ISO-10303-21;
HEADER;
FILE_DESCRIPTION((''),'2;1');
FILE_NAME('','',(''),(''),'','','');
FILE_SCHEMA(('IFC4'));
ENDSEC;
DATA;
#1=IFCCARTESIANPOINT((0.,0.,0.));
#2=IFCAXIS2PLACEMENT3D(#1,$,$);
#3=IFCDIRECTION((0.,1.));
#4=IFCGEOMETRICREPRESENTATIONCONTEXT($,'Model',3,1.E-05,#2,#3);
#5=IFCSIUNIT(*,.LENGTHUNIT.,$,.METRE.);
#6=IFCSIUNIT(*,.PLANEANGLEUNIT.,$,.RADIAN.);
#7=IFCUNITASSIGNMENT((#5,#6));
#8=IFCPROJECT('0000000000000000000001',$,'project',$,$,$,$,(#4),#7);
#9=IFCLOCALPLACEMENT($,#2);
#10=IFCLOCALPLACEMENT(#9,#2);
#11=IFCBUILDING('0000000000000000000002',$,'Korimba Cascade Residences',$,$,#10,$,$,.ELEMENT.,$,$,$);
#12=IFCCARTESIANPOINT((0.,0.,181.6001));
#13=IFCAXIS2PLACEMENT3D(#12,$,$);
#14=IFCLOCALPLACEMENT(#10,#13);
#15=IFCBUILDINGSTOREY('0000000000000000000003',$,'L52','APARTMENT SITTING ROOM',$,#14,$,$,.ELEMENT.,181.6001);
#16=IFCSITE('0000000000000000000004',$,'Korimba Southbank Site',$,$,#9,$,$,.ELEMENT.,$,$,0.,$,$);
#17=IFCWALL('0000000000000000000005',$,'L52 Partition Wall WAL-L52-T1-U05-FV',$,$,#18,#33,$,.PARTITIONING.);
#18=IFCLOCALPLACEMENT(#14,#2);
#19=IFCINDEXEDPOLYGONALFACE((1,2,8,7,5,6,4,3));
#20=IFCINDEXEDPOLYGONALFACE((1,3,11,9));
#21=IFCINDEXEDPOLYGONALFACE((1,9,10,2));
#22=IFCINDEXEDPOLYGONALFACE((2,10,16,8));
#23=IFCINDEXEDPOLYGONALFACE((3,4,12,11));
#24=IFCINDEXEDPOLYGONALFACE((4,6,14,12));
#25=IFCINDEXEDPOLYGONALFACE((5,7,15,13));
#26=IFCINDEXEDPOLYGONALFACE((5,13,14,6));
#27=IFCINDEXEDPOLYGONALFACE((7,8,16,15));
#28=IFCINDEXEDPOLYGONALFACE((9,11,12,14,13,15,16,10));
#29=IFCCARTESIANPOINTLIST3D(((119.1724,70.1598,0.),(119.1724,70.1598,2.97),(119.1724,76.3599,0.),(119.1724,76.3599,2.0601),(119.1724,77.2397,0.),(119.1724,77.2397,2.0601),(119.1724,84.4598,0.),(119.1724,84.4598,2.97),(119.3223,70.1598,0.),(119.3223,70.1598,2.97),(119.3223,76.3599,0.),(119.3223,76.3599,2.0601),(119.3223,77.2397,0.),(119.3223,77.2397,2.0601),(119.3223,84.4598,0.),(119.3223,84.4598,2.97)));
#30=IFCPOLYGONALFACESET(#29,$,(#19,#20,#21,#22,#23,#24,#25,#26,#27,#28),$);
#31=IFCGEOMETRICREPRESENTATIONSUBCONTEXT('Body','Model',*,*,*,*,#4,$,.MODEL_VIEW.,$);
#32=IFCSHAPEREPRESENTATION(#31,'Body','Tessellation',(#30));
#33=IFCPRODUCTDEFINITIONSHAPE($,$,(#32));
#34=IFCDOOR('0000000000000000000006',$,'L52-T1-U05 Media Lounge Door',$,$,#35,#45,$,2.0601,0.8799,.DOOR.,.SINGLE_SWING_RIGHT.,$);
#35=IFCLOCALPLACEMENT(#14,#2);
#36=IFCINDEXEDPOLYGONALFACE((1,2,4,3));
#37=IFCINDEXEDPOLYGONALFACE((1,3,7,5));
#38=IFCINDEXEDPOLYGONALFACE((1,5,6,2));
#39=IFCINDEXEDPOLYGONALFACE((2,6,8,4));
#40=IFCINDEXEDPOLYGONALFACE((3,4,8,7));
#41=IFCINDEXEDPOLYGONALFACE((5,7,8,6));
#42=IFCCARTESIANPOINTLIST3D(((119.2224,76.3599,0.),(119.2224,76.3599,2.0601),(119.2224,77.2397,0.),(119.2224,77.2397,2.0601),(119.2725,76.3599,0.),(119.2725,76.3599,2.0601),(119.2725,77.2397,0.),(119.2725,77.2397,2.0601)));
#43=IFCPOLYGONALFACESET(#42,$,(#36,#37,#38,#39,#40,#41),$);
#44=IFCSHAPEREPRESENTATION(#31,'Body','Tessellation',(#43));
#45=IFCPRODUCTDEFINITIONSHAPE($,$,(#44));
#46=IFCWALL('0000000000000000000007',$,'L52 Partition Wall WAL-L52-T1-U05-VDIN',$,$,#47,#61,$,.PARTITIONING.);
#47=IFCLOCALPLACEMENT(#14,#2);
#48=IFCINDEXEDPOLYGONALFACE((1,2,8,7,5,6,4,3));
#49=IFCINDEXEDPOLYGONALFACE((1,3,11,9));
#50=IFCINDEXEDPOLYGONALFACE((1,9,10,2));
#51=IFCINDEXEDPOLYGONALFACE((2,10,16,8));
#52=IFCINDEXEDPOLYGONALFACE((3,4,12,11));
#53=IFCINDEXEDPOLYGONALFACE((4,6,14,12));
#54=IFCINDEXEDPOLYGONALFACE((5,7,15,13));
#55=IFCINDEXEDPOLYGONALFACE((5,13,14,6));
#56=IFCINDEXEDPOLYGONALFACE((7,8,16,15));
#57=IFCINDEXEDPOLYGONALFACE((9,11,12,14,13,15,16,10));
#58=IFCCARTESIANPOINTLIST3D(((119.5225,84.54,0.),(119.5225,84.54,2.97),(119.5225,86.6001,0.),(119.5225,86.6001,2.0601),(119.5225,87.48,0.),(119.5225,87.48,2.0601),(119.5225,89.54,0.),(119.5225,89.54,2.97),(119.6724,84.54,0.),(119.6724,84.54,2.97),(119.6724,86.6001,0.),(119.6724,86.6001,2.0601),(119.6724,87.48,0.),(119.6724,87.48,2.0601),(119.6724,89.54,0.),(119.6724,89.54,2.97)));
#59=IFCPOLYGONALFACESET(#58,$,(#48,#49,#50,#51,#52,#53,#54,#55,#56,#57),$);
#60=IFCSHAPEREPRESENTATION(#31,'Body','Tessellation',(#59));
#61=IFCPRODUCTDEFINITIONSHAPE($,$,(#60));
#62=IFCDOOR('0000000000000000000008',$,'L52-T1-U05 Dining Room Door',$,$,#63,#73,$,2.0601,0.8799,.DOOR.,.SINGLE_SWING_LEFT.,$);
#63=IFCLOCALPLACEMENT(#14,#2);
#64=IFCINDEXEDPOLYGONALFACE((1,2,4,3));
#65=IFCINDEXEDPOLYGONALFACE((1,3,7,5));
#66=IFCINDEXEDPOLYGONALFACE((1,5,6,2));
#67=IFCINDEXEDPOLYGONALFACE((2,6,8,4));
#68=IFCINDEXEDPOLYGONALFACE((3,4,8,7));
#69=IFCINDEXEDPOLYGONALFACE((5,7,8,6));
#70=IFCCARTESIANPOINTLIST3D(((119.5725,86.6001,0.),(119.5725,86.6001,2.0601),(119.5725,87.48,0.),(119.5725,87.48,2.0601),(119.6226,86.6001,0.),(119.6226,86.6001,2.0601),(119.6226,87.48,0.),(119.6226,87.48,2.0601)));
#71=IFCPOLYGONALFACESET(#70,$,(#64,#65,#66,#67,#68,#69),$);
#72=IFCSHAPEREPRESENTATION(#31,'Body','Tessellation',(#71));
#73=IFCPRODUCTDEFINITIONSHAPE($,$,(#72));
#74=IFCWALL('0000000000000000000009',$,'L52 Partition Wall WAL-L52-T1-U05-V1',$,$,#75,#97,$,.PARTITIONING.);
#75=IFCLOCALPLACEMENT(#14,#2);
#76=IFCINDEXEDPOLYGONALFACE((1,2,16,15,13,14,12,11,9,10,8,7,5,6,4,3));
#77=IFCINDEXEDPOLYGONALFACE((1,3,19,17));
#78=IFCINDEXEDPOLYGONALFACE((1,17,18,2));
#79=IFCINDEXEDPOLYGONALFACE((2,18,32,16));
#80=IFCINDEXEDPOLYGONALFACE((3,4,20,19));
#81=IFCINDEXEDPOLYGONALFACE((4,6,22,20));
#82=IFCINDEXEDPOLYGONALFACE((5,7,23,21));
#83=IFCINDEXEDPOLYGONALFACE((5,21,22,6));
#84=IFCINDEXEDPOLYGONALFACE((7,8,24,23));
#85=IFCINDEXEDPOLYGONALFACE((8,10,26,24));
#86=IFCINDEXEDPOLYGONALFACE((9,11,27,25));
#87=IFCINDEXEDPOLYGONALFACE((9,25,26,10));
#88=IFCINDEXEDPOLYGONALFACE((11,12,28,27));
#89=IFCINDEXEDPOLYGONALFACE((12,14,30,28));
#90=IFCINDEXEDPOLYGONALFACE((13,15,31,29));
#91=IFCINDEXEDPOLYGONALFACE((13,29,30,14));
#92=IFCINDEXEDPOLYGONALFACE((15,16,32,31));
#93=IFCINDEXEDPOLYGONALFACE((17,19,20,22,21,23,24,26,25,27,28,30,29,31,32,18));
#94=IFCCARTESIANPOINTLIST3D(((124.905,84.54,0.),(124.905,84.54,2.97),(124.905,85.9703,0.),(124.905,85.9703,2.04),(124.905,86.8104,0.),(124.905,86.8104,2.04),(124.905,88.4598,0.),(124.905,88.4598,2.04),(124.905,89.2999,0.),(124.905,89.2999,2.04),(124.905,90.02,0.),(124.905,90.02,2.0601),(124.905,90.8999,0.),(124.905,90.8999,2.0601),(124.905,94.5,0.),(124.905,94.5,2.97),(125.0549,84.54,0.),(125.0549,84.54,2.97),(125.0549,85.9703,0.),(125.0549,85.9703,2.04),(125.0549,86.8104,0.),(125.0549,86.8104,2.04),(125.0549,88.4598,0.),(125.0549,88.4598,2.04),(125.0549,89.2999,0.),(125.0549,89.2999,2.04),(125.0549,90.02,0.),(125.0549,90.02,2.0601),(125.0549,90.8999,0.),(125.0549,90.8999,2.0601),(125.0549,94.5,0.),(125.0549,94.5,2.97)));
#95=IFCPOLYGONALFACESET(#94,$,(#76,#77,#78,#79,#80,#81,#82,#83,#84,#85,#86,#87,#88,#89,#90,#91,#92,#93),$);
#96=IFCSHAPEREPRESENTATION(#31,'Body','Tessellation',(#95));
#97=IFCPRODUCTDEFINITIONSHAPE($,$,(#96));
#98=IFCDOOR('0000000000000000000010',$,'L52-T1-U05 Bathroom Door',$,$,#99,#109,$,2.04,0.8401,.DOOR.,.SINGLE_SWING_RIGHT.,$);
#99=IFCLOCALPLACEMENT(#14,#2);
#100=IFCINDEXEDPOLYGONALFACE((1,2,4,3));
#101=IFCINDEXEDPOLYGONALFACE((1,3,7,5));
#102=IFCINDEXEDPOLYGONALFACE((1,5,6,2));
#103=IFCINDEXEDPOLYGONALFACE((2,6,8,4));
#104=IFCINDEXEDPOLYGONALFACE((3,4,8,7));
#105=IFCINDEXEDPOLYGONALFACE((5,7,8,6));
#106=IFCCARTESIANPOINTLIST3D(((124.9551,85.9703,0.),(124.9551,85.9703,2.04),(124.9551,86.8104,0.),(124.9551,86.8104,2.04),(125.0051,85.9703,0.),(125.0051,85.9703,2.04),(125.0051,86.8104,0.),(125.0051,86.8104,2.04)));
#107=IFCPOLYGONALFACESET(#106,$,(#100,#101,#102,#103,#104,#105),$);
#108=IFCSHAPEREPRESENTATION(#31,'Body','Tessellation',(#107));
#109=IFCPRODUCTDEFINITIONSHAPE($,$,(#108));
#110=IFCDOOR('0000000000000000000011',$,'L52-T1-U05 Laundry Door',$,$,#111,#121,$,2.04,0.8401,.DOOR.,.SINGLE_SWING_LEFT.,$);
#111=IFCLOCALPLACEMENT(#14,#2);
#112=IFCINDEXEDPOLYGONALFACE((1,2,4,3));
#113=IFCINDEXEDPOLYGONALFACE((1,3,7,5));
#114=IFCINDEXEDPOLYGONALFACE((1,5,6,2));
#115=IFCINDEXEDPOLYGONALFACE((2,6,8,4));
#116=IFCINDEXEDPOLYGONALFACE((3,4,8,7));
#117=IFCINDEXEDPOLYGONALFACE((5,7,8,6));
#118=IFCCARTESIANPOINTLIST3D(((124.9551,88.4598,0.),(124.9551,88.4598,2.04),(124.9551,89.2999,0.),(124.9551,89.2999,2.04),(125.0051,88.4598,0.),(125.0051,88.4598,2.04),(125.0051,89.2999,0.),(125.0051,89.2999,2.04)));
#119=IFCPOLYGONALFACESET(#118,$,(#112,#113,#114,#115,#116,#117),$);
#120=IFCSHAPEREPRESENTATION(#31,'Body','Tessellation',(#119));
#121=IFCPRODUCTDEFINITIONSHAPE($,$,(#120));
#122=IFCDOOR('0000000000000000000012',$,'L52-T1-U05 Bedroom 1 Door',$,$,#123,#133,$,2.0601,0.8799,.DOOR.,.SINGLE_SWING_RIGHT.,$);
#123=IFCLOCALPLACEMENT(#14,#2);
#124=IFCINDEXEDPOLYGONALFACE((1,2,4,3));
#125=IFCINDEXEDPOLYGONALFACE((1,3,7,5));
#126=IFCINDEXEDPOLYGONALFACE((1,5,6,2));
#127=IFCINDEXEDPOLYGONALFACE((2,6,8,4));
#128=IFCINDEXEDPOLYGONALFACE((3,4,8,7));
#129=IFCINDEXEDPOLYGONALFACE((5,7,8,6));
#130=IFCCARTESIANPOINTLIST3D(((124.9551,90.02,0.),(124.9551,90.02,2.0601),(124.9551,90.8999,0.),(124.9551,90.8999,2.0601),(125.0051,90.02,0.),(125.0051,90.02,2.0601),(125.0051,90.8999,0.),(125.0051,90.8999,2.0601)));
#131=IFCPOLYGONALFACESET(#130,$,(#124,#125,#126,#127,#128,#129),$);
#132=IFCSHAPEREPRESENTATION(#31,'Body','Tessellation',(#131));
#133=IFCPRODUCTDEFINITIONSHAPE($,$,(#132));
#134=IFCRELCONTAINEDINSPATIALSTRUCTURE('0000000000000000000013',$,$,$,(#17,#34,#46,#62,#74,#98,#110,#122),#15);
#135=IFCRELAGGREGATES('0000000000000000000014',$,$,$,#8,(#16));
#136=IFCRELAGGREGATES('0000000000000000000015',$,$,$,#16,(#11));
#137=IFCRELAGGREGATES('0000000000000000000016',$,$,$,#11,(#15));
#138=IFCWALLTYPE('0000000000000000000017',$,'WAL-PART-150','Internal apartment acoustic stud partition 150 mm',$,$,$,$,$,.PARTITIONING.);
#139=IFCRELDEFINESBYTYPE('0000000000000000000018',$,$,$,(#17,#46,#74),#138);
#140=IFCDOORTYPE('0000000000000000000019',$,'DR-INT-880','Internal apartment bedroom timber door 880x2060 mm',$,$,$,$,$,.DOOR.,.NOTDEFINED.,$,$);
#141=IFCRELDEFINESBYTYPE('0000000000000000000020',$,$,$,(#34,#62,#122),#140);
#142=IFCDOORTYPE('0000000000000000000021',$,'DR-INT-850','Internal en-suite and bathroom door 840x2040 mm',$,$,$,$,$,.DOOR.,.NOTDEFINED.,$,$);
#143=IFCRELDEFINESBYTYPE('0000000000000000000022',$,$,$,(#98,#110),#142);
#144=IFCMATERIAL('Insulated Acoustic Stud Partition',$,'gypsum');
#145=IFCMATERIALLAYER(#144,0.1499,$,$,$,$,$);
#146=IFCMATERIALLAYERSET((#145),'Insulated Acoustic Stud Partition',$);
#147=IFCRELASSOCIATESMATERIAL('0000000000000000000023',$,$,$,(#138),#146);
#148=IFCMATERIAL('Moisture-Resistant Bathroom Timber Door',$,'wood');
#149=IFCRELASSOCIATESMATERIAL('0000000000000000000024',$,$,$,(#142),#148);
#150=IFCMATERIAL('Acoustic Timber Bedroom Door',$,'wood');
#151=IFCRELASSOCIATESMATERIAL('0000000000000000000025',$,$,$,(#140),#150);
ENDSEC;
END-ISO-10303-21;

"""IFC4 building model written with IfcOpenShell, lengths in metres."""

from ifc_helpers import new_model, si_unit, direction, frame, frame_2d, origin, place, context, subcontext, project, spatial, rectangle, extrude, material, layer, layer_set, type_object, element, fill, save


model = new_model("IFC4")

# Units and contexts
model_context = context("Model", 3, precision=1e-05, world=origin(), true_north=direction((0.0, 1.0)))
body_context = subcontext(model_context, "Body", "Model", "MODEL_VIEW")
ifc_project = project(units=[si_unit("LENGTHUNIT", "METRE"), si_unit("PLANEANGLEUNIT", "RADIAN")], contexts=[model_context])

# Site, building, storey
site_placement = place(None, origin())
site = spatial("IfcSite", under=ifc_project, at=site_placement, Name="Korimba Southbank Site", CompositionType="ELEMENT", RefElevation=0.0)
building_placement = place(site_placement, origin())
building = spatial("IfcBuilding", under=site, at=building_placement, Name="Korimba Cascade Residences", CompositionType="ELEMENT")
storey_placement = place(building_placement, frame((0.0, 0.0, 181.6001)))
storey = spatial("IfcBuildingStorey", under=building, at=storey_placement, Name="L52", Description="APARTMENT SITTING ROOM", CompositionType="ELEMENT", Elevation=181.6001)

# Walls, openings, doors
ifc_material_1 = material(Name="Insulated Acoustic Stud Partition", Category="gypsum")
ifc_layer_1 = layer(ifc_material_1, 0.1499)
ifc_layer_set_1 = layer_set([ifc_layer_1], Name="Insulated Acoustic Stud Partition")
wall_type_1 = type_object("IfcWallType", Name="WAL-PART-150", Description="Internal apartment acoustic stud partition 150 mm", PredefinedType="PARTITIONING", material=ifc_layer_set_1)
ifc_material_2 = material(Name="Moisture-Resistant Bathroom Timber Door", Category="wood")
door_type_1 = type_object("IfcDoorType", Name="DR-INT-850", Description="Internal en-suite and bathroom door 840x2040 mm", OperationType="NOTDEFINED", PredefinedType="DOOR", material=ifc_material_2)
ifc_material_3 = material(Name="Acoustic Timber Bedroom Door", Category="wood")
door_type_2 = type_object("IfcDoorType", Name="DR-INT-880", Description="Internal apartment bedroom timber door 880x2060 mm", OperationType="NOTDEFINED", PredefinedType="DOOR", material=ifc_material_3)
wall_1_placement = place(storey_placement, frame((119.2473, 70.1599, 0.0), z_axis=(0.0, 0.0, 1.0), x_axis=(0.0, 1.0, 0.0)))
wall_1 = element("IfcWall", 1, at=wall_1_placement, inside=storey, type_object=wall_type_1, Name="L52 Partition Wall WAL-L52-T1-U05-FV", PredefinedType="PARTITIONING", context=body_context, shape_type="SweptSolid", body=[
    extrude(rectangle(XDim=14.3, YDim=0.1499, at=frame_2d((7.1499, 0.0))), origin(), (0.0, 0.0, 1.0), 2.97),
])
opening_1_placement = place(wall_1_placement, frame((6.2, 0.0, 0.0)))
opening_1 = element("IfcOpeningElement", 2, at=opening_1_placement, cuts=wall_1, PredefinedType="OPENING", context=body_context, shape_type="SweptSolid", body=[
    extrude(rectangle(XDim=0.8799, YDim=2.0601, at=frame_2d((0.4399, 1.03))), frame((0.0, 0.085, 0.0), z_axis=(0.0, -1.0, 0.0), x_axis=(1.0, 0.0, 0.0)), (0.0, 0.0, 1.0), 0.1699),
])
door_1_placement = place(opening_1_placement, origin())
door_1 = element("IfcDoor", 3, at=door_1_placement, inside=storey, type_object=door_type_2, Name="L52-T1-U05 Media Lounge Door", OperationType="SINGLE_SWING_RIGHT", OverallHeight=2.0601, OverallWidth=0.8799, PredefinedType="DOOR", context=body_context, shape_type="SweptSolid", body=[
    extrude(rectangle(XDim=0.8799, YDim=2.0601, at=frame_2d((0.4399, 1.03))), frame((0.0, 0.0249, 0.0), z_axis=(0.0, -1.0, 0.0), x_axis=(1.0, 0.0, 0.0)), (0.0, 0.0, 1.0), 0.05),
])
fill(opening_1, door_1)
wall_2_placement = place(storey_placement, frame((119.5974, 84.54, 0.0), z_axis=(0.0, 0.0, 1.0), x_axis=(0.0, 1.0, 0.0)))
wall_2 = element("IfcWall", 4, at=wall_2_placement, inside=storey, type_object=wall_type_1, Name="L52 Partition Wall WAL-L52-T1-U05-VDIN", PredefinedType="PARTITIONING", context=body_context, shape_type="SweptSolid", body=[
    extrude(rectangle(XDim=5.0, YDim=0.1499, at=frame_2d((2.5, 0.0))), origin(), (0.0, 0.0, 1.0), 2.97),
])
opening_2_placement = place(wall_2_placement, frame((2.0601, 0.0, 0.0)))
opening_2 = element("IfcOpeningElement", 5, at=opening_2_placement, cuts=wall_2, PredefinedType="OPENING", context=body_context, shape_type="SweptSolid", body=[
    extrude(rectangle(XDim=0.8799, YDim=2.0601, at=frame_2d((0.4399, 1.03))), frame((0.0, 0.085, 0.0), z_axis=(0.0, -1.0, 0.0), x_axis=(1.0, 0.0, 0.0)), (0.0, 0.0, 1.0), 0.1699),
])
door_2_placement = place(opening_2_placement, origin())
door_2 = element("IfcDoor", 6, at=door_2_placement, inside=storey, type_object=door_type_2, Name="L52-T1-U05 Dining Room Door", OperationType="SINGLE_SWING_LEFT", OverallHeight=2.0601, OverallWidth=0.8799, PredefinedType="DOOR", context=body_context, shape_type="SweptSolid", body=[
    extrude(rectangle(XDim=0.8799, YDim=2.0601, at=frame_2d((0.4399, 1.03))), frame((0.0, 0.0249, 0.0), z_axis=(0.0, -1.0, 0.0), x_axis=(1.0, 0.0, 0.0)), (0.0, 0.0, 1.0), 0.05),
])
fill(opening_2, door_2)

# Wall, openings, doors
wall_3_placement = place(storey_placement, frame((124.98, 84.54, 0.0), z_axis=(0.0, 0.0, 1.0), x_axis=(0.0, 1.0, 0.0)))
wall_3 = element("IfcWall", 7, at=wall_3_placement, inside=storey, type_object=wall_type_1, Name="L52 Partition Wall WAL-L52-T1-U05-V1", PredefinedType="PARTITIONING", context=body_context, shape_type="SweptSolid", body=[
    extrude(rectangle(XDim=9.96, YDim=0.1499, at=frame_2d((4.98, 0.0))), origin(), (0.0, 0.0, 1.0), 2.97),
])
opening_3_placement = place(wall_3_placement, frame((1.4304, 0.0, 0.0)))
opening_3 = element("IfcOpeningElement", 8, at=opening_3_placement, cuts=wall_3, PredefinedType="OPENING", context=body_context, shape_type="SweptSolid", body=[
    extrude(rectangle(XDim=0.8401, YDim=2.04, at=frame_2d((0.4199, 1.02))), frame((0.0, 0.085, 0.0), z_axis=(0.0, -1.0, 0.0), x_axis=(1.0, 0.0, 0.0)), (0.0, 0.0, 1.0), 0.1699),
])
opening_4_placement = place(wall_3_placement, frame((3.9199, 0.0, 0.0)))
opening_4 = element("IfcOpeningElement", 9, at=opening_4_placement, cuts=wall_3, PredefinedType="OPENING", context=body_context, shape_type="SweptSolid", body=[
    extrude(rectangle(XDim=0.8401, YDim=2.04, at=frame_2d((0.4199, 1.02))), frame((0.0, 0.085, 0.0), z_axis=(0.0, -1.0, 0.0), x_axis=(1.0, 0.0, 0.0)), (0.0, 0.0, 1.0), 0.1699),
])
opening_5_placement = place(wall_3_placement, frame((5.48, 0.0, 0.0)))
opening_5 = element("IfcOpeningElement", 10, at=opening_5_placement, cuts=wall_3, PredefinedType="OPENING", context=body_context, shape_type="SweptSolid", body=[
    extrude(rectangle(XDim=0.8799, YDim=2.0601, at=frame_2d((0.4399, 1.03))), frame((0.0, 0.085, 0.0), z_axis=(0.0, -1.0, 0.0), x_axis=(1.0, 0.0, 0.0)), (0.0, 0.0, 1.0), 0.1699),
])
door_3_placement = place(opening_3_placement, origin())
door_3 = element("IfcDoor", 11, at=door_3_placement, inside=storey, type_object=door_type_1, Name="L52-T1-U05 Bathroom Door", OperationType="SINGLE_SWING_RIGHT", OverallHeight=2.04, OverallWidth=0.8401, PredefinedType="DOOR", context=body_context, shape_type="SweptSolid", body=[
    extrude(rectangle(XDim=0.8401, YDim=2.04, at=frame_2d((0.4199, 1.02))), frame((0.0, 0.0249, 0.0), z_axis=(0.0, -1.0, 0.0), x_axis=(1.0, 0.0, 0.0)), (0.0, 0.0, 1.0), 0.05),
])
fill(opening_3, door_3)
door_4_placement = place(opening_4_placement, origin())
door_4 = element("IfcDoor", 12, at=door_4_placement, inside=storey, type_object=door_type_1, Name="L52-T1-U05 Laundry Door", OperationType="SINGLE_SWING_LEFT", OverallHeight=2.04, OverallWidth=0.8401, PredefinedType="DOOR", context=body_context, shape_type="SweptSolid", body=[
    extrude(rectangle(XDim=0.8401, YDim=2.04, at=frame_2d((0.4199, 1.02))), frame((0.0, 0.0249, 0.0), z_axis=(0.0, -1.0, 0.0), x_axis=(1.0, 0.0, 0.0)), (0.0, 0.0, 1.0), 0.05),
])
fill(opening_4, door_4)
door_5_placement = place(opening_5_placement, origin())
door_5 = element("IfcDoor", 13, at=door_5_placement, inside=storey, type_object=door_type_2, Name="L52-T1-U05 Bedroom 1 Door", OperationType="SINGLE_SWING_RIGHT", OverallHeight=2.0601, OverallWidth=0.8799, PredefinedType="DOOR", context=body_context, shape_type="SweptSolid", body=[
    extrude(rectangle(XDim=0.8799, YDim=2.0601, at=frame_2d((0.4399, 1.03))), frame((0.0, 0.0249, 0.0), z_axis=(0.0, -1.0, 0.0), x_axis=(1.0, 0.0, 0.0)), (0.0, 0.0, 1.0), 0.05),
])
fill(opening_5, door_5)

save(model, "model.ifc")
